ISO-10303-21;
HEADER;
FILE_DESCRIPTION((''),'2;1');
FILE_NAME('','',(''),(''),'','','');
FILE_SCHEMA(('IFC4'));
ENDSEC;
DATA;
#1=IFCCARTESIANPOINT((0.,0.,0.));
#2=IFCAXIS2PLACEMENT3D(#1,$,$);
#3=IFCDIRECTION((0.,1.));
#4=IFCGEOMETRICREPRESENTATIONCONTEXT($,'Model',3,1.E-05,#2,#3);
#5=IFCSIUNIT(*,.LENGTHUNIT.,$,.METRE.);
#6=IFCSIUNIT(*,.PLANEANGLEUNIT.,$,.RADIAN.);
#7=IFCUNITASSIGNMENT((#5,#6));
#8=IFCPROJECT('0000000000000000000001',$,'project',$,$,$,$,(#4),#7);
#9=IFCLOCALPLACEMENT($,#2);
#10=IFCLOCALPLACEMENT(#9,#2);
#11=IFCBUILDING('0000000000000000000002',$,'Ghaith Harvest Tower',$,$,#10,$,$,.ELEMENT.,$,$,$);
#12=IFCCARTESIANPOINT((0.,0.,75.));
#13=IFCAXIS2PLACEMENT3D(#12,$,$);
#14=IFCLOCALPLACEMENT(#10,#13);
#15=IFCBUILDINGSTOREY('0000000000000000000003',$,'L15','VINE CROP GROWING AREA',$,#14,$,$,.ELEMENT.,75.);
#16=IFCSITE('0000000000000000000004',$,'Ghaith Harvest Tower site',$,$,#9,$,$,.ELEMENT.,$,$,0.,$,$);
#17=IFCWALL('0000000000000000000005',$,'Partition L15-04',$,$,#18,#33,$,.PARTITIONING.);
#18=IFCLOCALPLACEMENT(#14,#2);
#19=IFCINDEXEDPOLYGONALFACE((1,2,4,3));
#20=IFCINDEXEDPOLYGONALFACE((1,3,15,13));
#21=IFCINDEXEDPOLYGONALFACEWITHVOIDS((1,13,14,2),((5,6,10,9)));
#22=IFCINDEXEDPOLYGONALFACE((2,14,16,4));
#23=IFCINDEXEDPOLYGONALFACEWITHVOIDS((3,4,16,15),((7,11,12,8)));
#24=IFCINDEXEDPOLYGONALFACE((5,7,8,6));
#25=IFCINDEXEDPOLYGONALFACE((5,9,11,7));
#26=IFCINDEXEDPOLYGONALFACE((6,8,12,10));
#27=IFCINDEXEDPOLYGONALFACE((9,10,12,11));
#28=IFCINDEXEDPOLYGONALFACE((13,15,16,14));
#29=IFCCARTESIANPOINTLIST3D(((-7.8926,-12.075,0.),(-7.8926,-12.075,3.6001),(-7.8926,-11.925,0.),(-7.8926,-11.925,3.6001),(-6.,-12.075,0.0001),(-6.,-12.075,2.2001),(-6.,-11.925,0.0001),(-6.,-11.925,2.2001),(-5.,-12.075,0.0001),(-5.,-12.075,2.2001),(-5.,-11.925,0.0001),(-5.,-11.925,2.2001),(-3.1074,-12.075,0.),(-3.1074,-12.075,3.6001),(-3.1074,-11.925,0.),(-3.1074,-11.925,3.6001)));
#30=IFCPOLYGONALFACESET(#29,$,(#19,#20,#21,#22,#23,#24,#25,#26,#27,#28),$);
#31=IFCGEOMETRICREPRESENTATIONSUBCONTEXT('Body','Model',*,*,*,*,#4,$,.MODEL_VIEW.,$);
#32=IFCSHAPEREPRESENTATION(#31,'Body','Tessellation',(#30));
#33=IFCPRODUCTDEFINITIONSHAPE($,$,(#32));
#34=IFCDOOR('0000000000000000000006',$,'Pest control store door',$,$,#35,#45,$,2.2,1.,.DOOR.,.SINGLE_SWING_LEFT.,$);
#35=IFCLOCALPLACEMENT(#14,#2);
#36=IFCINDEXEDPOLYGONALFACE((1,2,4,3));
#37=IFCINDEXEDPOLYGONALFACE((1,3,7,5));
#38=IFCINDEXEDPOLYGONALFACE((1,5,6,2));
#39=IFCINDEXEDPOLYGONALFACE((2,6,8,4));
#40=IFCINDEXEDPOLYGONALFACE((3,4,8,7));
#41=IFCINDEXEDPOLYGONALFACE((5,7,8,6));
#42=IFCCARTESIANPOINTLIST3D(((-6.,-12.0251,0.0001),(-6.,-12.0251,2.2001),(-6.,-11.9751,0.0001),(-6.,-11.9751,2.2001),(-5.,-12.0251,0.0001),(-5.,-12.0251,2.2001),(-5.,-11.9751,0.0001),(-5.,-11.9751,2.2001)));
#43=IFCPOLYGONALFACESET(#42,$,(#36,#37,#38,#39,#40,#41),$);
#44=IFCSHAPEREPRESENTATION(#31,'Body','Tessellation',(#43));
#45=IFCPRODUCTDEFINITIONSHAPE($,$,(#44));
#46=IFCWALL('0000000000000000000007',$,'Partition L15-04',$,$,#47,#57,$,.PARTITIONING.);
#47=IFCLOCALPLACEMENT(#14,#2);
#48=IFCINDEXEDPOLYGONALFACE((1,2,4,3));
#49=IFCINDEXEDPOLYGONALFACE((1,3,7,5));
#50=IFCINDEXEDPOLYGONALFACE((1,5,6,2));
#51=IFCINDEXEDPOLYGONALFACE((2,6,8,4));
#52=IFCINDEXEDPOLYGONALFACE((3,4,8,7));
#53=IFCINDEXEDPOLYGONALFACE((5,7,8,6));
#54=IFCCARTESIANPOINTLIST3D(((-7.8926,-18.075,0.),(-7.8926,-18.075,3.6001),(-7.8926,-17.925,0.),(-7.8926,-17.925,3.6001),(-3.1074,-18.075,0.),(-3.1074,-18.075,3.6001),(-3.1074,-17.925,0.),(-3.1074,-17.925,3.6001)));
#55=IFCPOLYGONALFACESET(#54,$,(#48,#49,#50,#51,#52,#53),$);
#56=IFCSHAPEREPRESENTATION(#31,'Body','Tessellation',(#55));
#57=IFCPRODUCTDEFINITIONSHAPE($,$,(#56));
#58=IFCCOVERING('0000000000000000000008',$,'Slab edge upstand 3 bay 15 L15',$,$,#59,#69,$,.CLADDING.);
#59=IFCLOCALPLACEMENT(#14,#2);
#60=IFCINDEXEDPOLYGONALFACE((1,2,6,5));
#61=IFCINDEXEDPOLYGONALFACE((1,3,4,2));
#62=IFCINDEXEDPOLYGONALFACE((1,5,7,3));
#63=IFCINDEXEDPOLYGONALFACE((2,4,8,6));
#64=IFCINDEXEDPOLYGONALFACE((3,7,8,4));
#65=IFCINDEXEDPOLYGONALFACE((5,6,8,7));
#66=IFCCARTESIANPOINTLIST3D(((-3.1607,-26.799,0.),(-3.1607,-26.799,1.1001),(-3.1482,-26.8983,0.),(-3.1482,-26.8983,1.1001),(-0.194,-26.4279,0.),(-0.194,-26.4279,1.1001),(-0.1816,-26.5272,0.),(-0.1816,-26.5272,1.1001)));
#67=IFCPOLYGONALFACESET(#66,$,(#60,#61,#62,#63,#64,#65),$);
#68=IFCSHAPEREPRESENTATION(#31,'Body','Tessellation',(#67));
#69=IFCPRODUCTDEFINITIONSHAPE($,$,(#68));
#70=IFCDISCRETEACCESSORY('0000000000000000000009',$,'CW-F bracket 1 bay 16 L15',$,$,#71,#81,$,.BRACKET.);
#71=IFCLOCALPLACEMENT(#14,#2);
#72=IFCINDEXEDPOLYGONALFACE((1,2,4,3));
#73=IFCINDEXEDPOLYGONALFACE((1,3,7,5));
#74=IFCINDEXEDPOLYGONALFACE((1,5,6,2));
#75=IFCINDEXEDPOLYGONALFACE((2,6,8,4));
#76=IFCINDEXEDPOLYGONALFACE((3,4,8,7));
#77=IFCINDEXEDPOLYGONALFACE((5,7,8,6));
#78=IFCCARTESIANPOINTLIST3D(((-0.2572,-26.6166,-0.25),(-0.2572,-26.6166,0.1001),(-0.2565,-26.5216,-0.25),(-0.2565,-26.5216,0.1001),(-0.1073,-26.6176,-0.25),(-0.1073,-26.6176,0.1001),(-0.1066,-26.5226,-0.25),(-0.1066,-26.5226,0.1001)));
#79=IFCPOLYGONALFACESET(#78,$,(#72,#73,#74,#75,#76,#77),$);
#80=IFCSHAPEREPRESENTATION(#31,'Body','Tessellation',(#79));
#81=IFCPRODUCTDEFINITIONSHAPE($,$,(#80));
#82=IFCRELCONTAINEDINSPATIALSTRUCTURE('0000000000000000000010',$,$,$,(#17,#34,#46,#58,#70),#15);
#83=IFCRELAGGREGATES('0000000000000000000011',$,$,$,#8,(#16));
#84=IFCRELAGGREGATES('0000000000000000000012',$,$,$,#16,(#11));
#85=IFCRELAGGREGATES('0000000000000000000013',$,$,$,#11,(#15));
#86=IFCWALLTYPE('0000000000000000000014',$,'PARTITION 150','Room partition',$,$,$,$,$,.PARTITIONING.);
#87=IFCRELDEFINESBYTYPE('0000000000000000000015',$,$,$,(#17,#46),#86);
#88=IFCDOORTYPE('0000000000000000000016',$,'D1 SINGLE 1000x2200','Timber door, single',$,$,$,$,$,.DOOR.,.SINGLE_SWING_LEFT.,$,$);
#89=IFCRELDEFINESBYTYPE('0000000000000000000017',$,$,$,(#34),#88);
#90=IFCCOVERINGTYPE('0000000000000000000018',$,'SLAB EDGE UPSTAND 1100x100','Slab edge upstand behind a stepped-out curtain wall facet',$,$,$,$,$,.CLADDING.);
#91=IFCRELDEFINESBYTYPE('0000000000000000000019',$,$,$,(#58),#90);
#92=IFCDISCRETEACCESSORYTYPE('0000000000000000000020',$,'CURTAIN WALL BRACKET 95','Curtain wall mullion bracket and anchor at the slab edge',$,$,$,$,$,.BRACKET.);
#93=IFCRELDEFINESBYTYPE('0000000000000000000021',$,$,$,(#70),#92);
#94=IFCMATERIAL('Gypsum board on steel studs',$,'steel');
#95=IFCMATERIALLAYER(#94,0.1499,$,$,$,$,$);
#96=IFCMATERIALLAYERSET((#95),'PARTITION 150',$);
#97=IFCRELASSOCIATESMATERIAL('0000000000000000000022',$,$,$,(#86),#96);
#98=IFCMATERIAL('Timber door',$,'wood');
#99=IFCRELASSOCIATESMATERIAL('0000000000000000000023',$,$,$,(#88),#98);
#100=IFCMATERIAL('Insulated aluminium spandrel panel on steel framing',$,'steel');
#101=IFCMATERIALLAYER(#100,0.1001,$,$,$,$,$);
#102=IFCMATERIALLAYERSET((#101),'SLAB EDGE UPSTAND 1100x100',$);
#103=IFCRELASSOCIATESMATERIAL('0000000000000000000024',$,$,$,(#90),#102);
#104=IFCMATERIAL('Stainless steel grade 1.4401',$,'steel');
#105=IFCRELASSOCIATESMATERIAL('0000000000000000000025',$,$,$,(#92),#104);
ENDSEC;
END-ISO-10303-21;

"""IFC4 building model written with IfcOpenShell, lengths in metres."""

from ifc_helpers import new_model, si_unit, direction, frame, frame_2d, origin, origin_2d, place, context, subcontext, project, spatial, rectangle, extrude, material, layer, layer_set, type_object, element, fill, save


model = new_model("IFC4")

# Units and contexts
model_context = context("Model", 3, precision=1e-05, world=origin(), true_north=direction((0.0, 1.0)))
body_context = subcontext(model_context, "Body", "Model", "MODEL_VIEW")
ifc_project = project(units=[si_unit("LENGTHUNIT", "METRE"), si_unit("PLANEANGLEUNIT", "RADIAN")], contexts=[model_context])

# Site, building, storey
site_placement = place(None, origin())
site = spatial("IfcSite", under=ifc_project, at=site_placement, Name="Ghaith Harvest Tower site", CompositionType="ELEMENT", RefElevation=0.0)
building_placement = place(site_placement, origin())
building = spatial("IfcBuilding", under=site, at=building_placement, Name="Ghaith Harvest Tower", CompositionType="ELEMENT")
storey_placement = place(building_placement, frame((0.0, 0.0, 75.0)))
storey = spatial("IfcBuildingStorey", under=building, at=storey_placement, Name="L15", Description="VINE CROP GROWING AREA", CompositionType="ELEMENT", Elevation=75.0)

# Wall, opening, door
ifc_material_1 = material(Name="Gypsum board on steel studs", Category="steel")
ifc_layer_1 = layer(ifc_material_1, 0.1499)
ifc_layer_set_1 = layer_set([ifc_layer_1], Name="PARTITION 150")
wall_type_1 = type_object("IfcWallType", Name="PARTITION 150", Description="Room partition", PredefinedType="PARTITIONING", material=ifc_layer_set_1)
wall_1_placement = place(storey_placement, frame((-7.8926, -12.0, 0.0), z_axis=(0.0, 0.0, 1.0), x_axis=(1.0, 0.0, 0.0)))
wall_1 = element("IfcWall", 1, at=wall_1_placement, inside=storey, type_object=wall_type_1, Name="Partition L15-04", PredefinedType="PARTITIONING", context=body_context, shape_type="SweptSolid", body=[
    extrude(rectangle(XDim=4.7852, YDim=0.1499, at=frame_2d((2.3926, 0.0))), origin(), (0.0, 0.0, 1.0), 3.6001),
])
opening_1_placement = place(wall_1_placement, frame((1.8926, 0.0, 0.0)))
opening_1 = element("IfcOpeningElement", 2, at=opening_1_placement, cuts=wall_1, PredefinedType="OPENING", context=body_context, shape_type="SweptSolid", body=[
    extrude(rectangle(XDim=1.0, YDim=2.2, at=frame_2d((0.5, 1.1001))), frame((0.0, 0.085, 0.0), z_axis=(0.0, -1.0, 0.0), x_axis=(1.0, 0.0, 0.0)), (0.0, 0.0, 1.0), 0.1699),
])
ifc_material_2 = material(Name="Timber door", Category="wood")
door_type_1 = type_object("IfcDoorType", Name="D1 SINGLE 1000x2200", Description="Timber door, single", OperationType="SINGLE_SWING_LEFT", PredefinedType="DOOR", material=ifc_material_2)
door_1_placement = place(opening_1_placement, origin())
door_1 = element("IfcDoor", 3, at=door_1_placement, inside=storey, type_object=door_type_1, Name="Pest control store door", OperationType="SINGLE_SWING_LEFT", OverallHeight=2.2, OverallWidth=1.0, PredefinedType="DOOR", context=body_context, shape_type="SweptSolid", body=[
    extrude(rectangle(XDim=1.0, YDim=2.2, at=frame_2d((0.5, 1.1001))), frame((0.0, 0.0249, 0.0), z_axis=(0.0, -1.0, 0.0), x_axis=(1.0, 0.0, 0.0)), (0.0, 0.0, 1.0), 0.05),
])
fill(opening_1, door_1)

# Wall
wall_2_placement = place(storey_placement, frame((-7.8926, -18.0, 0.0), z_axis=(0.0, 0.0, 1.0), x_axis=(1.0, 0.0, 0.0)))
element("IfcWall", 4, at=wall_2_placement, inside=storey, type_object=wall_type_1, Name="Partition L15-04", PredefinedType="PARTITIONING", context=body_context, shape_type="SweptSolid", body=[
    extrude(rectangle(XDim=4.7852, YDim=0.1499, at=frame_2d((2.3926, 0.0))), origin(), (0.0, 0.0, 1.0), 3.6001),
])

# Covering
ifc_material_3 = material(Name="Insulated aluminium spandrel panel on steel framing", Category="steel")
ifc_layer_2 = layer(ifc_material_3, 0.1001)
ifc_layer_set_2 = layer_set([ifc_layer_2], Name="SLAB EDGE UPSTAND 1100x100")
covering_type = type_object("IfcCoveringType", Name="SLAB EDGE UPSTAND 1100x100", Description="Slab edge upstand behind a stepped-out curtain wall facet", PredefinedType="CLADDING", material=ifc_layer_set_2)
covering_placement = place(storey_placement, frame((-1.6711, -26.6631, 0.0), z_axis=(0.0, 0.0, 1.0), x_axis=(0.992265, 0.124139, 0.0)))
element("IfcCovering", 5, at=covering_placement, inside=storey, type_object=covering_type, Name="Slab edge upstand 3 bay 15 L15", PredefinedType="CLADDING", context=body_context, shape_type="SweptSolid", body=[
    extrude(rectangle(XDim=2.9897, YDim=0.1001, at=origin_2d()), origin(), (0.0, 0.0, 1.0), 1.1001),
])

# Discrete accessory
ifc_material_4 = material(Name="Stainless steel grade 1.4401", Category="steel")
discrete_accessory_type = type_object("IfcDiscreteAccessoryType", Name="CURTAIN WALL BRACKET 95", Description="Curtain wall mullion bracket and anchor at the slab edge", PredefinedType="BRACKET", material=ifc_material_4)
discrete_accessory_placement = place(storey_placement, frame((-0.1819, -26.5696, -0.25), z_axis=(0.0, 0.0, 1.0), x_axis=(-0.006844, -0.999977, 0.0)))
element("IfcDiscreteAccessory", 6, at=discrete_accessory_placement, inside=storey, type_object=discrete_accessory_type, Name="CW-F bracket 1 bay 16 L15", PredefinedType="BRACKET", context=body_context, shape_type="SweptSolid", body=[
    extrude(rectangle(XDim=0.095, YDim=0.1499, at=origin_2d()), origin(), (0.0, 0.0, 1.0), 0.3501),
])

save(model, "model.ifc")
